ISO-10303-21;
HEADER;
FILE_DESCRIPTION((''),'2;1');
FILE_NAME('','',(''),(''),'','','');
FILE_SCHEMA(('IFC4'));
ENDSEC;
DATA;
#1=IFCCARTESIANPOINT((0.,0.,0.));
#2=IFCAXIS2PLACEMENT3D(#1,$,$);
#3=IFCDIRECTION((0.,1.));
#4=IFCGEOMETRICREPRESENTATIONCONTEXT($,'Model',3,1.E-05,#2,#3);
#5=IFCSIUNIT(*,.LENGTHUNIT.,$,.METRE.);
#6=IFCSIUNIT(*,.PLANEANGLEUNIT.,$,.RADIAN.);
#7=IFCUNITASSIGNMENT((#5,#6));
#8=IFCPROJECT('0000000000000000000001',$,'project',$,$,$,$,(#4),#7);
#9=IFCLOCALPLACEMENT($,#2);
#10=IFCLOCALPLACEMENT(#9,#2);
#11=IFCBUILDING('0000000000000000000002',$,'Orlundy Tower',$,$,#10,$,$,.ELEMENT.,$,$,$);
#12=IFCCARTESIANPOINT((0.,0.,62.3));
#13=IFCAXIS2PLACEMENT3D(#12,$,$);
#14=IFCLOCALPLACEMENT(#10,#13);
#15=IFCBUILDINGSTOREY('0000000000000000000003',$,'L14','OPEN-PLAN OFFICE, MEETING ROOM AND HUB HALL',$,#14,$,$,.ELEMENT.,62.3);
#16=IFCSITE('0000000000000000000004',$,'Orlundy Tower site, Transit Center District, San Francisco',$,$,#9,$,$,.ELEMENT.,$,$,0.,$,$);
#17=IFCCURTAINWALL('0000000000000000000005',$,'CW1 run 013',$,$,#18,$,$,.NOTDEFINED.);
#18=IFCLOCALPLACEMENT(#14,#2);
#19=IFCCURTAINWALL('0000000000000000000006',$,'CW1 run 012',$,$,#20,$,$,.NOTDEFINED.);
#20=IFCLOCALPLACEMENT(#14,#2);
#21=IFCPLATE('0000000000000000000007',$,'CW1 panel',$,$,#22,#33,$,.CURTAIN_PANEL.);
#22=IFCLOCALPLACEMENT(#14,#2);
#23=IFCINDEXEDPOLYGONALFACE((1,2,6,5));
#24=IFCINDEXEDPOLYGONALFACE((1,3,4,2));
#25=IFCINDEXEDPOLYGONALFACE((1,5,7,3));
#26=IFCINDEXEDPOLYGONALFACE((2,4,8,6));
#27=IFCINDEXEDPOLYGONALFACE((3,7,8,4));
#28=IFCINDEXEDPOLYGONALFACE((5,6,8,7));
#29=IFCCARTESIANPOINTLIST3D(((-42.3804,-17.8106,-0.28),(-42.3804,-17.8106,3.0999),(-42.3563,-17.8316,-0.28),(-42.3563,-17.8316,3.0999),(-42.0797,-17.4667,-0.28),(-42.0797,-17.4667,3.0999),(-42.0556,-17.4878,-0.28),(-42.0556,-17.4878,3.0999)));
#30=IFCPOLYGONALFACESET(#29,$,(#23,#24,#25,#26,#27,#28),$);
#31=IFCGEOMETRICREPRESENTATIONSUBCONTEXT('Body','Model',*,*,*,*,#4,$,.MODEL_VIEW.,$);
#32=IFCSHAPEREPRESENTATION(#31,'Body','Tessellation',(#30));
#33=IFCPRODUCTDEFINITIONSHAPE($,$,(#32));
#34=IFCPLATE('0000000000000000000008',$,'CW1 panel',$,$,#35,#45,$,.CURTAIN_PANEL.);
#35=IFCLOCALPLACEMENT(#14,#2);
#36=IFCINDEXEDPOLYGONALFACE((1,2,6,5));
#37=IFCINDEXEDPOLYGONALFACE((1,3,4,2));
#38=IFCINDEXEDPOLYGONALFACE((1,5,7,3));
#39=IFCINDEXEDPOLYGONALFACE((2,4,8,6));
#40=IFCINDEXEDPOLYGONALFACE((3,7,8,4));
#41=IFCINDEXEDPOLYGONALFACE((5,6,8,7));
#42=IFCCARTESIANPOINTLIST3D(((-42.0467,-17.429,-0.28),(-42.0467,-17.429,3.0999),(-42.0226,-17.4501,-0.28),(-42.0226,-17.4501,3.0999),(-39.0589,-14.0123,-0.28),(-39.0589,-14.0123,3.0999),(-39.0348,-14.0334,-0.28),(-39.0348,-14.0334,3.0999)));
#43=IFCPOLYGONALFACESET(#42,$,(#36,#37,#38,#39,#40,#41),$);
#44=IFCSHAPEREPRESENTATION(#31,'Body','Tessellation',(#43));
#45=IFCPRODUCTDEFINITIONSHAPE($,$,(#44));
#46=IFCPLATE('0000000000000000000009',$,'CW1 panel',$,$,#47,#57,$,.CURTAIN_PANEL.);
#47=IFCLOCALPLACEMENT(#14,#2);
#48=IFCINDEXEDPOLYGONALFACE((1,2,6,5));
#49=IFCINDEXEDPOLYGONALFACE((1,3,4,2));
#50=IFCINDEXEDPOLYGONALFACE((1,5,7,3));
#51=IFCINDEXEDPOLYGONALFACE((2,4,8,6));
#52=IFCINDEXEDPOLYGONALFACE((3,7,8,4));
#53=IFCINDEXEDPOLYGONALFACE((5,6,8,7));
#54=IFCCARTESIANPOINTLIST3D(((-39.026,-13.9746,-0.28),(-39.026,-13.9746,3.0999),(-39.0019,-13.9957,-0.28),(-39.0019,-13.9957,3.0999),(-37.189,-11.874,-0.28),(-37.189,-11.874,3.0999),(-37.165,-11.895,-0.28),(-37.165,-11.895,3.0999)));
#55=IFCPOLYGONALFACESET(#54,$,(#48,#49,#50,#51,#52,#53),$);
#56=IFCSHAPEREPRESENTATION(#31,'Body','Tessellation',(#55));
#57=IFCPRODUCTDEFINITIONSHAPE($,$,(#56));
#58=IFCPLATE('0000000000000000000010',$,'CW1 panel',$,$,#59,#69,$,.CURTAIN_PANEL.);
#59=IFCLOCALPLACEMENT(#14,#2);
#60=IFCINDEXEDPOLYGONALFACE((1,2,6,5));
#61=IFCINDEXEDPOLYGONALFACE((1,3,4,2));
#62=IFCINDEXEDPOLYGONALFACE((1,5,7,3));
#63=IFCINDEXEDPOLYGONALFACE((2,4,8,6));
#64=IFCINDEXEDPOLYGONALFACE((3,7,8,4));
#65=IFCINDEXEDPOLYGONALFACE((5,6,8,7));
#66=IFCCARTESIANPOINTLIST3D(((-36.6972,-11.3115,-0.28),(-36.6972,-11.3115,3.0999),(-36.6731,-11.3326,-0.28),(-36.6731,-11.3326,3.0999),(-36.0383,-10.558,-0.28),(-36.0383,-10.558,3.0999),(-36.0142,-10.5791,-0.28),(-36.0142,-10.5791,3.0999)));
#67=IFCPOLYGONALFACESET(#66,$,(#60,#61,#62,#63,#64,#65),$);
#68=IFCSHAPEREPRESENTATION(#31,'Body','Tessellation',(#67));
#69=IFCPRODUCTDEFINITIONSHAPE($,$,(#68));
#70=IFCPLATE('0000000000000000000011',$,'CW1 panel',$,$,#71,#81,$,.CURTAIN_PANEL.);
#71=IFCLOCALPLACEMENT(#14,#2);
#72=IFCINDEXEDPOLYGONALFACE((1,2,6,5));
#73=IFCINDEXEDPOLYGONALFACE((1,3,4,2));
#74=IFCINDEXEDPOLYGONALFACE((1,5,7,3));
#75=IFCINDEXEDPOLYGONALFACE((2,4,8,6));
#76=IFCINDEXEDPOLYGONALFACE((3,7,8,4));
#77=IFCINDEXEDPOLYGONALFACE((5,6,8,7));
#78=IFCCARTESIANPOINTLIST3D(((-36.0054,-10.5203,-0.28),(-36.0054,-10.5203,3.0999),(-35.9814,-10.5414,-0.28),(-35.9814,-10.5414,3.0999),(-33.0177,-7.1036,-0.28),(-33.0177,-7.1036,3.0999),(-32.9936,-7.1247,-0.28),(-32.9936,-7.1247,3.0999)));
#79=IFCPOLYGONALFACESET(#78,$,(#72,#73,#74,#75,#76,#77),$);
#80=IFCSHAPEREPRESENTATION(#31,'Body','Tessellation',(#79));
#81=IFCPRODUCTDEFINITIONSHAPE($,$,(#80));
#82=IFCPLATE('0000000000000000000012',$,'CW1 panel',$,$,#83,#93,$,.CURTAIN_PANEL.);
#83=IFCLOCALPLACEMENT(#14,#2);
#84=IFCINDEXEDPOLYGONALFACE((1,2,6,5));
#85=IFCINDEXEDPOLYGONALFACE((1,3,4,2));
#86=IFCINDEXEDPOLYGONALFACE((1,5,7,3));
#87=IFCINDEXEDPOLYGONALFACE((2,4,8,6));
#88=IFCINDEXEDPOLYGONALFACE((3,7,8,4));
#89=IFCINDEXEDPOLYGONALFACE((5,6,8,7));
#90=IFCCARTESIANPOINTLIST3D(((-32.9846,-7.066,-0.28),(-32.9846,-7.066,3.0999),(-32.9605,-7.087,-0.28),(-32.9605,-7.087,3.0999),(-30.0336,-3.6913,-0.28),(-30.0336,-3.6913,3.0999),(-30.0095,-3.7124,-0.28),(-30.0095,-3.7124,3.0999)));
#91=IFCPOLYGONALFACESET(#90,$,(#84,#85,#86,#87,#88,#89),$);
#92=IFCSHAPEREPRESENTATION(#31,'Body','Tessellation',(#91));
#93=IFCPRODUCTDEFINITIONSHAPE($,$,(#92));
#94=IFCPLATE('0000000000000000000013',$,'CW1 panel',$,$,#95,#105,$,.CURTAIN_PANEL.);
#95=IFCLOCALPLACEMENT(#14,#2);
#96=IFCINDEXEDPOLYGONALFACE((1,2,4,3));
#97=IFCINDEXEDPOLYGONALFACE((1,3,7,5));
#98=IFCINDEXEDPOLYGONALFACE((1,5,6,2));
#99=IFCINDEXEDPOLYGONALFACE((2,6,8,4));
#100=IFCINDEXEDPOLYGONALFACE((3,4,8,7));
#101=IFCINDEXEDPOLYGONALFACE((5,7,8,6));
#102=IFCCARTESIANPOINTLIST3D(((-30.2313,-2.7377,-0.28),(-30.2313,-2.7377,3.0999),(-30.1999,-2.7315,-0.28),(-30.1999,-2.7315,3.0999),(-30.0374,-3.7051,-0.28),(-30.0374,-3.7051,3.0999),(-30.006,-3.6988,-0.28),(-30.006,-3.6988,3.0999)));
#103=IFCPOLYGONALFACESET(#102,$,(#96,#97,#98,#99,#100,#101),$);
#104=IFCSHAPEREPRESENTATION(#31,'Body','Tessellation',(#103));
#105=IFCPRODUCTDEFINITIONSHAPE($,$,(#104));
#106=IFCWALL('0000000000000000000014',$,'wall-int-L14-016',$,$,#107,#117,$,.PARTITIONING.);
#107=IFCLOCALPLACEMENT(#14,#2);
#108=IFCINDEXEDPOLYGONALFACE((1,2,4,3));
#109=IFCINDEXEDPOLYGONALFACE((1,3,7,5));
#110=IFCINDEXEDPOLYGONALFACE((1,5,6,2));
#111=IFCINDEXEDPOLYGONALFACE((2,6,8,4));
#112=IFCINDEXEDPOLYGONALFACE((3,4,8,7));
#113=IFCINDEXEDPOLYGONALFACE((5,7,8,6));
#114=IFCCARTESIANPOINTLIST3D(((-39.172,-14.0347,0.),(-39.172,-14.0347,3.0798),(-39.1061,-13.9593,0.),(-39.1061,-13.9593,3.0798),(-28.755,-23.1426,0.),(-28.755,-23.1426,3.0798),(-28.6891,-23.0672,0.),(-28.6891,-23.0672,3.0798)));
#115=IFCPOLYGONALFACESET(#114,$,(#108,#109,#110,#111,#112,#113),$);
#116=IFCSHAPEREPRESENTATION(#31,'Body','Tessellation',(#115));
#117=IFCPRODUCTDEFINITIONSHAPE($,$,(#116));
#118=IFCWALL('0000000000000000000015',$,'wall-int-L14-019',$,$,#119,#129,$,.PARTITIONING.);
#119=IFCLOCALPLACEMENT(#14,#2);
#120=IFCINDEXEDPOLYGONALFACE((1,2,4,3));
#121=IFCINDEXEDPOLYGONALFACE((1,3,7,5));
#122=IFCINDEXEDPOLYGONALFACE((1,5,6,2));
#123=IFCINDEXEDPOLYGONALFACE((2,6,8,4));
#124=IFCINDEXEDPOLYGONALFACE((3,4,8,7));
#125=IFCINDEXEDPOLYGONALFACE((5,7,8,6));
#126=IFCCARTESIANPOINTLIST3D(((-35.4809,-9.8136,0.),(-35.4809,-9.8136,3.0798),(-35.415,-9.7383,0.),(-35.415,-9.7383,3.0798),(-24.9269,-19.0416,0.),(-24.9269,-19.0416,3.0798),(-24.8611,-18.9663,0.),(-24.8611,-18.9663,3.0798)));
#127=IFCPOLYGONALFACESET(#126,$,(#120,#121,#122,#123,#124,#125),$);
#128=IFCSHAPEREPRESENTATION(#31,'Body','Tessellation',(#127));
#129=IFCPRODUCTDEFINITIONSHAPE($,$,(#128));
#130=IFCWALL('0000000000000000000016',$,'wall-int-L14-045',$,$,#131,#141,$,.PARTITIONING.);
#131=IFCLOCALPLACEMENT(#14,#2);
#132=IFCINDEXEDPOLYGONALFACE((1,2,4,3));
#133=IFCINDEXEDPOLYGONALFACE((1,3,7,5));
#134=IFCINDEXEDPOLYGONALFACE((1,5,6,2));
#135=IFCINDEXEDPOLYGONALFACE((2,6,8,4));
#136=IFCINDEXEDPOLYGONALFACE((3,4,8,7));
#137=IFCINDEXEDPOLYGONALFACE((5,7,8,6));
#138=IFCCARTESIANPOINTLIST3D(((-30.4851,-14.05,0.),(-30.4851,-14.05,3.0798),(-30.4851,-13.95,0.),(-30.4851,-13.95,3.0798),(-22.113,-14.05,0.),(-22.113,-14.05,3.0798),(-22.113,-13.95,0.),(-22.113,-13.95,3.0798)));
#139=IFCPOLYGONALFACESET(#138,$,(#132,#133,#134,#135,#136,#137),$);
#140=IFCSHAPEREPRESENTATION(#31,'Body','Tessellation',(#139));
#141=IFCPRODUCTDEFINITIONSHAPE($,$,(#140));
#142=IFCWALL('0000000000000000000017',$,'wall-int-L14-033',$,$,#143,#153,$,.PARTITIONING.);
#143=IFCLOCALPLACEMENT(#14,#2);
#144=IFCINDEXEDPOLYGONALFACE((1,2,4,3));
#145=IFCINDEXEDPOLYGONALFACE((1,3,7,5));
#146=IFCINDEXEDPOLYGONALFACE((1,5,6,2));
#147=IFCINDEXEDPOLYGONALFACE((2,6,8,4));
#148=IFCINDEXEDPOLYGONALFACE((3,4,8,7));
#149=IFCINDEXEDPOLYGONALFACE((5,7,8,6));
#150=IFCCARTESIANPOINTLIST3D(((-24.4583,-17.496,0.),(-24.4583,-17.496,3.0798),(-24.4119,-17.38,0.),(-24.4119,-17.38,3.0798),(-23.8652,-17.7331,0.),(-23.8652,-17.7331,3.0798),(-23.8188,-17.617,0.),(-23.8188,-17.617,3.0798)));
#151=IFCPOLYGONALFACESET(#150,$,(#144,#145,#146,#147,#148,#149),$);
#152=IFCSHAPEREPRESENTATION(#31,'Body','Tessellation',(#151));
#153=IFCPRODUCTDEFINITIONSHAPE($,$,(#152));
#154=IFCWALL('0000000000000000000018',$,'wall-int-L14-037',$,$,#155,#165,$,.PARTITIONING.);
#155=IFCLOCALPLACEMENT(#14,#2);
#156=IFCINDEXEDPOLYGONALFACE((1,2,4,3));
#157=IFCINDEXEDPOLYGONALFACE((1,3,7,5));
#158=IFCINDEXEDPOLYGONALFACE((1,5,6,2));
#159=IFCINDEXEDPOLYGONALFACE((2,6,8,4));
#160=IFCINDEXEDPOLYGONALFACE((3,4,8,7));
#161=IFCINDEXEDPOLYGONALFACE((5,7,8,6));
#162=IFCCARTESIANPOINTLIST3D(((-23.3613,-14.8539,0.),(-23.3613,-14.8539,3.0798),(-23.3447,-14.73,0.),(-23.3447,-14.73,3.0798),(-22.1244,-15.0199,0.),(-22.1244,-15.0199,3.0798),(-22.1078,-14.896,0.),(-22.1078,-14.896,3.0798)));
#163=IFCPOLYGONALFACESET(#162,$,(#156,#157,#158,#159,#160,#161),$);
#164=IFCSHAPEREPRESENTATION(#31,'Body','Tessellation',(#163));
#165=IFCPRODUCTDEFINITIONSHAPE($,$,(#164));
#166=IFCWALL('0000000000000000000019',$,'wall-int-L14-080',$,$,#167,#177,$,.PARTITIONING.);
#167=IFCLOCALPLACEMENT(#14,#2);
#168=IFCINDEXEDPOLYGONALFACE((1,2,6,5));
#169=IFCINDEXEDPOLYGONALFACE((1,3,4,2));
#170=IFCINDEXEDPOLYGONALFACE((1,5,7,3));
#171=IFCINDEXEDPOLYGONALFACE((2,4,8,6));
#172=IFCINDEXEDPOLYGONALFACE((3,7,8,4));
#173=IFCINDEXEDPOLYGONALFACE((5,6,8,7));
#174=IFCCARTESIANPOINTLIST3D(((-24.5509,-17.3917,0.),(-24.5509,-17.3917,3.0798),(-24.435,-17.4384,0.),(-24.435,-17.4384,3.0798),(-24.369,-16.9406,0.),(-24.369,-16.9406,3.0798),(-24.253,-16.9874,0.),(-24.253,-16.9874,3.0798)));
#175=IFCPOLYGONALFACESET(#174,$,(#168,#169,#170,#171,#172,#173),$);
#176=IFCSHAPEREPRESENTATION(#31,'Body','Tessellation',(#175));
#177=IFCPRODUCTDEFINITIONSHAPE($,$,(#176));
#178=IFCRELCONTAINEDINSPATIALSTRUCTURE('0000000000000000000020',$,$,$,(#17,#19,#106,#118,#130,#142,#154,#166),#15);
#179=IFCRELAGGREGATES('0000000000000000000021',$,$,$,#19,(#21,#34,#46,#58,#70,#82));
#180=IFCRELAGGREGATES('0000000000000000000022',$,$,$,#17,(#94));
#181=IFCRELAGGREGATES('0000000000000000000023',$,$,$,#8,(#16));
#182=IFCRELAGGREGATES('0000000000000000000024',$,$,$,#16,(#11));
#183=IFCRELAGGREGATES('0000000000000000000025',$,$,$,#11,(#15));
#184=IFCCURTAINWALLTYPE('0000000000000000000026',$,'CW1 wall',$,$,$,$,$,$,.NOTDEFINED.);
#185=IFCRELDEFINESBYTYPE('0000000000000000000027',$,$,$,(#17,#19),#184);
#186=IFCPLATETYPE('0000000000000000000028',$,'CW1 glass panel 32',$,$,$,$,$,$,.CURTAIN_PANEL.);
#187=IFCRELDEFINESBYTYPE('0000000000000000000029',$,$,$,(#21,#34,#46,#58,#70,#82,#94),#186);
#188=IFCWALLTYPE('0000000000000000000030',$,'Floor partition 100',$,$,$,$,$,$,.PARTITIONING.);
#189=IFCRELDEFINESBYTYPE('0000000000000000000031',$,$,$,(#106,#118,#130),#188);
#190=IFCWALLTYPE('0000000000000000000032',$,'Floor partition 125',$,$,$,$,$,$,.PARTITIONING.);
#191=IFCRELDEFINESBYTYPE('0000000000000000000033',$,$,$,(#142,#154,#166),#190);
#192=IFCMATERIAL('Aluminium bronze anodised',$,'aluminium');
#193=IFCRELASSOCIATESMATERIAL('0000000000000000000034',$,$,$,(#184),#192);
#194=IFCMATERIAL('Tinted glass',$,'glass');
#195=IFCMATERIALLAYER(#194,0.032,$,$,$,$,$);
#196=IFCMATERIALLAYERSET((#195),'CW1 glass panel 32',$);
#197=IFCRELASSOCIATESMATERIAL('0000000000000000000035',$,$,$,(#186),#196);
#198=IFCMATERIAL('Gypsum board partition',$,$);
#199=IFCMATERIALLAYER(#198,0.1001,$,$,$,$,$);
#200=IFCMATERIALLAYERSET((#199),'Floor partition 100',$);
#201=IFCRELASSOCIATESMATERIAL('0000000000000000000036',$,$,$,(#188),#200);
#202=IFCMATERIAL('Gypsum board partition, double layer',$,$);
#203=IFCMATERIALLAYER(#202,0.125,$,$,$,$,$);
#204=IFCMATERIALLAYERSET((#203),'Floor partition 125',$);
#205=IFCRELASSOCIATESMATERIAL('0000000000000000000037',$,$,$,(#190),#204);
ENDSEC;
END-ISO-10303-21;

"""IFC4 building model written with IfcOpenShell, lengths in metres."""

from ifc_helpers import new_model, si_unit, direction, frame, frame_2d, origin, origin_2d, place, context, subcontext, project, spatial, rectangle, extrude, material, layer, layer_set, type_object, element, aggregate, save


model = new_model("IFC4")

# Units and contexts
model_context = context("Model", 3, precision=1e-05, world=origin(), true_north=direction((0.0, 1.0)))
body_context = subcontext(model_context, "Body", "Model", "MODEL_VIEW")
ifc_project = project(units=[si_unit("LENGTHUNIT", "METRE"), si_unit("PLANEANGLEUNIT", "RADIAN")], contexts=[model_context])

# Site, building, storey
site_placement = place(None, origin())
site = spatial("IfcSite", under=ifc_project, at=site_placement, Name="Orlundy Tower site, Transit Center District, San Francisco", CompositionType="ELEMENT", RefElevation=0.0)
building_placement = place(site_placement, origin())
building = spatial("IfcBuilding", under=site, at=building_placement, Name="Orlundy Tower", CompositionType="ELEMENT")
storey_placement = place(building_placement, frame((0.0, 0.0, 62.3)))
storey = spatial("IfcBuildingStorey", under=building, at=storey_placement, Name="L14", Description="OPEN-PLAN OFFICE, MEETING ROOM AND HUB HALL", CompositionType="ELEMENT", Elevation=62.3)

# Curtain wall
ifc_material_1 = material(Name="Aluminium bronze anodised", Category="aluminium")
curtain_wall_type = type_object("IfcCurtainWallType", Name="CW1 wall", PredefinedType="NOTDEFINED", material=ifc_material_1)
curtain_wall_1_placement = place(storey_placement, origin())
curtain_wall_1 = element("IfcCurtainWall", 1, at=curtain_wall_1_placement, inside=storey, type_object=curtain_wall_type, Name="CW1 run 013", PredefinedType="NOTDEFINED")

# Curtain wall
curtain_wall_2_placement = place(storey_placement, origin())
curtain_wall_2 = element("IfcCurtainWall", 2, at=curtain_wall_2_placement, inside=storey, type_object=curtain_wall_type, Name="CW1 run 012", PredefinedType="NOTDEFINED")

# Plates
ifc_material_2 = material(Name="Tinted glass", Category="glass")
ifc_layer_1 = layer(ifc_material_2, 0.032)
ifc_layer_set_1 = layer_set([ifc_layer_1], Name="CW1 glass panel 32")
plate_type = type_object("IfcPlateType", Name="CW1 glass panel 32", PredefinedType="CURTAIN_PANEL", material=ifc_layer_set_1)
plate_1_placement = place(storey_placement, frame((-42.218, -17.6492, -0.28), z_axis=(0.0, 0.0, 1.0), x_axis=(0.658273, 0.752779, 0.0)))
plate_1 = element("IfcPlate", 3, at=plate_1_placement, type_object=plate_type, Name="CW1 panel", PredefinedType="CURTAIN_PANEL", context=body_context, shape_type="SweptSolid", body=[
    extrude(rectangle(XDim=0.4568, YDim=0.032, at=origin_2d()), origin(), (0.0, 0.0, 1.0), 3.3799),
])
plate_2_placement = place(storey_placement, frame((-40.5408, -15.7312, -0.28), z_axis=(0.0, 0.0, 1.0), x_axis=(0.658273, 0.752779, 0.0)))
plate_2 = element("IfcPlate", 4, at=plate_2_placement, type_object=plate_type, Name="CW1 panel", PredefinedType="CURTAIN_PANEL", context=body_context, shape_type="SweptSolid", body=[
    extrude(rectangle(XDim=4.5388, YDim=0.032, at=origin_2d()), origin(), (0.0, 0.0, 1.0), 3.3799),
])
plate_3_placement = place(storey_placement, frame((-38.0955, -12.9348, -0.28), z_axis=(0.0, 0.0, 1.0), x_axis=(0.658273, 0.752779, 0.0)))
plate_3 = element("IfcPlate", 5, at=plate_3_placement, type_object=plate_type, Name="CW1 panel", PredefinedType="CURTAIN_PANEL", context=body_context, shape_type="SweptSolid", body=[
    extrude(rectangle(XDim=2.7905, YDim=0.032, at=origin_2d()), origin(), (0.0, 0.0, 1.0), 3.3799),
])
plate_4_placement = place(storey_placement, frame((-36.3557, -10.9453, -0.28), z_axis=(0.0, 0.0, 1.0), x_axis=(0.658273, 0.752779, 0.0)))
plate_4 = element("IfcPlate", 6, at=plate_4_placement, type_object=plate_type, Name="CW1 panel", PredefinedType="CURTAIN_PANEL", context=body_context, shape_type="SweptSolid", body=[
    extrude(rectangle(XDim=1.001, YDim=0.032, at=origin_2d()), origin(), (0.0, 0.0, 1.0), 3.3799),
])
plate_5_placement = place(storey_placement, frame((-34.4995, -8.8225, -0.28), z_axis=(0.0, 0.0, 1.0), x_axis=(0.658273, 0.752779, 0.0)))
plate_5 = element("IfcPlate", 7, at=plate_5_placement, type_object=plate_type, Name="CW1 panel", PredefinedType="CURTAIN_PANEL", context=body_context, shape_type="SweptSolid", body=[
    extrude(rectangle(XDim=4.5388, YDim=0.032, at=origin_2d()), origin(), (0.0, 0.0, 1.0), 3.3799),
])
plate_6_placement = place(storey_placement, frame((-31.4971, -5.3892, -0.28), z_axis=(0.0, 0.0, 1.0), x_axis=(0.658273, 0.752779, 0.0)))
plate_6 = element("IfcPlate", 8, at=plate_6_placement, type_object=plate_type, Name="CW1 panel", PredefinedType="CURTAIN_PANEL", context=body_context, shape_type="SweptSolid", body=[
    extrude(rectangle(XDim=4.4829, YDim=0.032, at=origin_2d()), origin(), (0.0, 0.0, 1.0), 3.3799),
])
aggregate(curtain_wall_2, [plate_1, plate_2, plate_3, plate_4, plate_5, plate_6])
plate_7_placement = place(storey_placement, frame((-30.1187, -3.2183, -0.28), z_axis=(0.0, 0.0, 1.0), x_axis=(-0.196529, 0.980498, 0.0)))
plate_7 = element("IfcPlate", 9, at=plate_7_placement, type_object=plate_type, Name="CW1 panel", PredefinedType="CURTAIN_PANEL", context=body_context, shape_type="SweptSolid", body=[
    extrude(rectangle(XDim=0.9866, YDim=0.032, at=origin_2d()), origin(), (0.0, 0.0, 1.0), 3.3799),
])
aggregate(curtain_wall_1, [plate_7])

# Walls
ifc_material_3 = material(Name="Gypsum board partition")
ifc_layer_2 = layer(ifc_material_3, 0.1001)
ifc_layer_set_2 = layer_set([ifc_layer_2], Name="Floor partition 100")
wall_type_1 = type_object("IfcWallType", Name="Floor partition 100", PredefinedType="PARTITIONING", material=ifc_layer_set_2)
wall_1_placement = place(storey_placement, frame((-39.1389, -13.9971, 0.0), z_axis=(0.0, 0.0, 1.0), x_axis=(0.752826, -0.65822, 0.0)))
element("IfcWall", 10, at=wall_1_placement, inside=storey, type_object=wall_type_1, Name="wall-int-L14-016", PredefinedType="PARTITIONING", context=body_context, shape_type="SweptSolid", body=[
    extrude(rectangle(XDim=13.8372, YDim=0.1001, at=frame_2d((6.9185, 0.0))), origin(), (0.0, 0.0, 1.0), 3.0798),
])
wall_2_placement = place(storey_placement, frame((-35.448, -9.7759, 0.0), z_axis=(0.0, 0.0, 1.0), x_axis=(0.752813, -0.658235, 0.0)))
element("IfcWall", 11, at=wall_2_placement, inside=storey, type_object=wall_type_1, Name="wall-int-L14-019", PredefinedType="PARTITIONING", context=body_context, shape_type="SweptSolid", body=[
    extrude(rectangle(XDim=14.0193, YDim=0.1001, at=frame_2d((7.0098, 0.0))), origin(), (0.0, 0.0, 1.0), 3.0798),
])
wall_3_placement = place(storey_placement, frame((-30.4851, -14.0, 0.0), z_axis=(0.0, 0.0, 1.0), x_axis=(1.0, 0.0, 0.0)))
element("IfcWall", 12, at=wall_3_placement, inside=storey, type_object=wall_type_1, Name="wall-int-L14-045", PredefinedType="PARTITIONING", context=body_context, shape_type="SweptSolid", body=[
    extrude(rectangle(XDim=8.3721, YDim=0.1001, at=frame_2d((4.186, 0.0))), origin(), (0.0, 0.0, 1.0), 3.0798),
])
ifc_material_4 = material(Name="Gypsum board partition, double layer")
ifc_layer_3 = layer(ifc_material_4, 0.125)
ifc_layer_set_3 = layer_set([ifc_layer_3], Name="Floor partition 125")
wall_type_2 = type_object("IfcWallType", Name="Floor partition 125", PredefinedType="PARTITIONING", material=ifc_layer_set_3)
wall_4_placement = place(storey_placement, frame((-24.4351, -17.438, 0.0), z_axis=(0.0, 0.0, 1.0), x_axis=(0.928556, -0.371193, 0.0)))
element("IfcWall", 13, at=wall_4_placement, inside=storey, type_object=wall_type_2, Name="wall-int-L14-033", PredefinedType="PARTITIONING", context=body_context, shape_type="SweptSolid", body=[
    extrude(rectangle(XDim=0.6387, YDim=0.125, at=frame_2d((0.3193, 0.0))), origin(), (0.0, 0.0, 1.0), 3.0798),
])
wall_5_placement = place(storey_placement, frame((-23.353, -14.792, 0.0), z_axis=(0.0, 0.0, 1.0), x_axis=(0.991115, -0.133009, 0.0)))
element("IfcWall", 14, at=wall_5_placement, inside=storey, type_object=wall_type_2, Name="wall-int-L14-037", PredefinedType="PARTITIONING", context=body_context, shape_type="SweptSolid", body=[
    extrude(rectangle(XDim=1.248, YDim=0.125, at=frame_2d((0.624, 0.0))), origin(), (0.0, 0.0, 1.0), 3.0798),
])
wall_6_placement = place(storey_placement, frame((-24.4929, -17.415, 0.0), z_axis=(0.0, 0.0, 1.0), x_axis=(0.374073, 0.927399, 0.0)))
element("IfcWall", 15, at=wall_6_placement, inside=storey, type_object=wall_type_2, Name="wall-int-L14-080", PredefinedType="PARTITIONING", context=body_context, shape_type="SweptSolid", body=[
    extrude(rectangle(XDim=0.4863, YDim=0.125, at=frame_2d((0.2432, 0.0))), origin(), (0.0, 0.0, 1.0), 3.0798),
])

save(model, "model.ifc")
